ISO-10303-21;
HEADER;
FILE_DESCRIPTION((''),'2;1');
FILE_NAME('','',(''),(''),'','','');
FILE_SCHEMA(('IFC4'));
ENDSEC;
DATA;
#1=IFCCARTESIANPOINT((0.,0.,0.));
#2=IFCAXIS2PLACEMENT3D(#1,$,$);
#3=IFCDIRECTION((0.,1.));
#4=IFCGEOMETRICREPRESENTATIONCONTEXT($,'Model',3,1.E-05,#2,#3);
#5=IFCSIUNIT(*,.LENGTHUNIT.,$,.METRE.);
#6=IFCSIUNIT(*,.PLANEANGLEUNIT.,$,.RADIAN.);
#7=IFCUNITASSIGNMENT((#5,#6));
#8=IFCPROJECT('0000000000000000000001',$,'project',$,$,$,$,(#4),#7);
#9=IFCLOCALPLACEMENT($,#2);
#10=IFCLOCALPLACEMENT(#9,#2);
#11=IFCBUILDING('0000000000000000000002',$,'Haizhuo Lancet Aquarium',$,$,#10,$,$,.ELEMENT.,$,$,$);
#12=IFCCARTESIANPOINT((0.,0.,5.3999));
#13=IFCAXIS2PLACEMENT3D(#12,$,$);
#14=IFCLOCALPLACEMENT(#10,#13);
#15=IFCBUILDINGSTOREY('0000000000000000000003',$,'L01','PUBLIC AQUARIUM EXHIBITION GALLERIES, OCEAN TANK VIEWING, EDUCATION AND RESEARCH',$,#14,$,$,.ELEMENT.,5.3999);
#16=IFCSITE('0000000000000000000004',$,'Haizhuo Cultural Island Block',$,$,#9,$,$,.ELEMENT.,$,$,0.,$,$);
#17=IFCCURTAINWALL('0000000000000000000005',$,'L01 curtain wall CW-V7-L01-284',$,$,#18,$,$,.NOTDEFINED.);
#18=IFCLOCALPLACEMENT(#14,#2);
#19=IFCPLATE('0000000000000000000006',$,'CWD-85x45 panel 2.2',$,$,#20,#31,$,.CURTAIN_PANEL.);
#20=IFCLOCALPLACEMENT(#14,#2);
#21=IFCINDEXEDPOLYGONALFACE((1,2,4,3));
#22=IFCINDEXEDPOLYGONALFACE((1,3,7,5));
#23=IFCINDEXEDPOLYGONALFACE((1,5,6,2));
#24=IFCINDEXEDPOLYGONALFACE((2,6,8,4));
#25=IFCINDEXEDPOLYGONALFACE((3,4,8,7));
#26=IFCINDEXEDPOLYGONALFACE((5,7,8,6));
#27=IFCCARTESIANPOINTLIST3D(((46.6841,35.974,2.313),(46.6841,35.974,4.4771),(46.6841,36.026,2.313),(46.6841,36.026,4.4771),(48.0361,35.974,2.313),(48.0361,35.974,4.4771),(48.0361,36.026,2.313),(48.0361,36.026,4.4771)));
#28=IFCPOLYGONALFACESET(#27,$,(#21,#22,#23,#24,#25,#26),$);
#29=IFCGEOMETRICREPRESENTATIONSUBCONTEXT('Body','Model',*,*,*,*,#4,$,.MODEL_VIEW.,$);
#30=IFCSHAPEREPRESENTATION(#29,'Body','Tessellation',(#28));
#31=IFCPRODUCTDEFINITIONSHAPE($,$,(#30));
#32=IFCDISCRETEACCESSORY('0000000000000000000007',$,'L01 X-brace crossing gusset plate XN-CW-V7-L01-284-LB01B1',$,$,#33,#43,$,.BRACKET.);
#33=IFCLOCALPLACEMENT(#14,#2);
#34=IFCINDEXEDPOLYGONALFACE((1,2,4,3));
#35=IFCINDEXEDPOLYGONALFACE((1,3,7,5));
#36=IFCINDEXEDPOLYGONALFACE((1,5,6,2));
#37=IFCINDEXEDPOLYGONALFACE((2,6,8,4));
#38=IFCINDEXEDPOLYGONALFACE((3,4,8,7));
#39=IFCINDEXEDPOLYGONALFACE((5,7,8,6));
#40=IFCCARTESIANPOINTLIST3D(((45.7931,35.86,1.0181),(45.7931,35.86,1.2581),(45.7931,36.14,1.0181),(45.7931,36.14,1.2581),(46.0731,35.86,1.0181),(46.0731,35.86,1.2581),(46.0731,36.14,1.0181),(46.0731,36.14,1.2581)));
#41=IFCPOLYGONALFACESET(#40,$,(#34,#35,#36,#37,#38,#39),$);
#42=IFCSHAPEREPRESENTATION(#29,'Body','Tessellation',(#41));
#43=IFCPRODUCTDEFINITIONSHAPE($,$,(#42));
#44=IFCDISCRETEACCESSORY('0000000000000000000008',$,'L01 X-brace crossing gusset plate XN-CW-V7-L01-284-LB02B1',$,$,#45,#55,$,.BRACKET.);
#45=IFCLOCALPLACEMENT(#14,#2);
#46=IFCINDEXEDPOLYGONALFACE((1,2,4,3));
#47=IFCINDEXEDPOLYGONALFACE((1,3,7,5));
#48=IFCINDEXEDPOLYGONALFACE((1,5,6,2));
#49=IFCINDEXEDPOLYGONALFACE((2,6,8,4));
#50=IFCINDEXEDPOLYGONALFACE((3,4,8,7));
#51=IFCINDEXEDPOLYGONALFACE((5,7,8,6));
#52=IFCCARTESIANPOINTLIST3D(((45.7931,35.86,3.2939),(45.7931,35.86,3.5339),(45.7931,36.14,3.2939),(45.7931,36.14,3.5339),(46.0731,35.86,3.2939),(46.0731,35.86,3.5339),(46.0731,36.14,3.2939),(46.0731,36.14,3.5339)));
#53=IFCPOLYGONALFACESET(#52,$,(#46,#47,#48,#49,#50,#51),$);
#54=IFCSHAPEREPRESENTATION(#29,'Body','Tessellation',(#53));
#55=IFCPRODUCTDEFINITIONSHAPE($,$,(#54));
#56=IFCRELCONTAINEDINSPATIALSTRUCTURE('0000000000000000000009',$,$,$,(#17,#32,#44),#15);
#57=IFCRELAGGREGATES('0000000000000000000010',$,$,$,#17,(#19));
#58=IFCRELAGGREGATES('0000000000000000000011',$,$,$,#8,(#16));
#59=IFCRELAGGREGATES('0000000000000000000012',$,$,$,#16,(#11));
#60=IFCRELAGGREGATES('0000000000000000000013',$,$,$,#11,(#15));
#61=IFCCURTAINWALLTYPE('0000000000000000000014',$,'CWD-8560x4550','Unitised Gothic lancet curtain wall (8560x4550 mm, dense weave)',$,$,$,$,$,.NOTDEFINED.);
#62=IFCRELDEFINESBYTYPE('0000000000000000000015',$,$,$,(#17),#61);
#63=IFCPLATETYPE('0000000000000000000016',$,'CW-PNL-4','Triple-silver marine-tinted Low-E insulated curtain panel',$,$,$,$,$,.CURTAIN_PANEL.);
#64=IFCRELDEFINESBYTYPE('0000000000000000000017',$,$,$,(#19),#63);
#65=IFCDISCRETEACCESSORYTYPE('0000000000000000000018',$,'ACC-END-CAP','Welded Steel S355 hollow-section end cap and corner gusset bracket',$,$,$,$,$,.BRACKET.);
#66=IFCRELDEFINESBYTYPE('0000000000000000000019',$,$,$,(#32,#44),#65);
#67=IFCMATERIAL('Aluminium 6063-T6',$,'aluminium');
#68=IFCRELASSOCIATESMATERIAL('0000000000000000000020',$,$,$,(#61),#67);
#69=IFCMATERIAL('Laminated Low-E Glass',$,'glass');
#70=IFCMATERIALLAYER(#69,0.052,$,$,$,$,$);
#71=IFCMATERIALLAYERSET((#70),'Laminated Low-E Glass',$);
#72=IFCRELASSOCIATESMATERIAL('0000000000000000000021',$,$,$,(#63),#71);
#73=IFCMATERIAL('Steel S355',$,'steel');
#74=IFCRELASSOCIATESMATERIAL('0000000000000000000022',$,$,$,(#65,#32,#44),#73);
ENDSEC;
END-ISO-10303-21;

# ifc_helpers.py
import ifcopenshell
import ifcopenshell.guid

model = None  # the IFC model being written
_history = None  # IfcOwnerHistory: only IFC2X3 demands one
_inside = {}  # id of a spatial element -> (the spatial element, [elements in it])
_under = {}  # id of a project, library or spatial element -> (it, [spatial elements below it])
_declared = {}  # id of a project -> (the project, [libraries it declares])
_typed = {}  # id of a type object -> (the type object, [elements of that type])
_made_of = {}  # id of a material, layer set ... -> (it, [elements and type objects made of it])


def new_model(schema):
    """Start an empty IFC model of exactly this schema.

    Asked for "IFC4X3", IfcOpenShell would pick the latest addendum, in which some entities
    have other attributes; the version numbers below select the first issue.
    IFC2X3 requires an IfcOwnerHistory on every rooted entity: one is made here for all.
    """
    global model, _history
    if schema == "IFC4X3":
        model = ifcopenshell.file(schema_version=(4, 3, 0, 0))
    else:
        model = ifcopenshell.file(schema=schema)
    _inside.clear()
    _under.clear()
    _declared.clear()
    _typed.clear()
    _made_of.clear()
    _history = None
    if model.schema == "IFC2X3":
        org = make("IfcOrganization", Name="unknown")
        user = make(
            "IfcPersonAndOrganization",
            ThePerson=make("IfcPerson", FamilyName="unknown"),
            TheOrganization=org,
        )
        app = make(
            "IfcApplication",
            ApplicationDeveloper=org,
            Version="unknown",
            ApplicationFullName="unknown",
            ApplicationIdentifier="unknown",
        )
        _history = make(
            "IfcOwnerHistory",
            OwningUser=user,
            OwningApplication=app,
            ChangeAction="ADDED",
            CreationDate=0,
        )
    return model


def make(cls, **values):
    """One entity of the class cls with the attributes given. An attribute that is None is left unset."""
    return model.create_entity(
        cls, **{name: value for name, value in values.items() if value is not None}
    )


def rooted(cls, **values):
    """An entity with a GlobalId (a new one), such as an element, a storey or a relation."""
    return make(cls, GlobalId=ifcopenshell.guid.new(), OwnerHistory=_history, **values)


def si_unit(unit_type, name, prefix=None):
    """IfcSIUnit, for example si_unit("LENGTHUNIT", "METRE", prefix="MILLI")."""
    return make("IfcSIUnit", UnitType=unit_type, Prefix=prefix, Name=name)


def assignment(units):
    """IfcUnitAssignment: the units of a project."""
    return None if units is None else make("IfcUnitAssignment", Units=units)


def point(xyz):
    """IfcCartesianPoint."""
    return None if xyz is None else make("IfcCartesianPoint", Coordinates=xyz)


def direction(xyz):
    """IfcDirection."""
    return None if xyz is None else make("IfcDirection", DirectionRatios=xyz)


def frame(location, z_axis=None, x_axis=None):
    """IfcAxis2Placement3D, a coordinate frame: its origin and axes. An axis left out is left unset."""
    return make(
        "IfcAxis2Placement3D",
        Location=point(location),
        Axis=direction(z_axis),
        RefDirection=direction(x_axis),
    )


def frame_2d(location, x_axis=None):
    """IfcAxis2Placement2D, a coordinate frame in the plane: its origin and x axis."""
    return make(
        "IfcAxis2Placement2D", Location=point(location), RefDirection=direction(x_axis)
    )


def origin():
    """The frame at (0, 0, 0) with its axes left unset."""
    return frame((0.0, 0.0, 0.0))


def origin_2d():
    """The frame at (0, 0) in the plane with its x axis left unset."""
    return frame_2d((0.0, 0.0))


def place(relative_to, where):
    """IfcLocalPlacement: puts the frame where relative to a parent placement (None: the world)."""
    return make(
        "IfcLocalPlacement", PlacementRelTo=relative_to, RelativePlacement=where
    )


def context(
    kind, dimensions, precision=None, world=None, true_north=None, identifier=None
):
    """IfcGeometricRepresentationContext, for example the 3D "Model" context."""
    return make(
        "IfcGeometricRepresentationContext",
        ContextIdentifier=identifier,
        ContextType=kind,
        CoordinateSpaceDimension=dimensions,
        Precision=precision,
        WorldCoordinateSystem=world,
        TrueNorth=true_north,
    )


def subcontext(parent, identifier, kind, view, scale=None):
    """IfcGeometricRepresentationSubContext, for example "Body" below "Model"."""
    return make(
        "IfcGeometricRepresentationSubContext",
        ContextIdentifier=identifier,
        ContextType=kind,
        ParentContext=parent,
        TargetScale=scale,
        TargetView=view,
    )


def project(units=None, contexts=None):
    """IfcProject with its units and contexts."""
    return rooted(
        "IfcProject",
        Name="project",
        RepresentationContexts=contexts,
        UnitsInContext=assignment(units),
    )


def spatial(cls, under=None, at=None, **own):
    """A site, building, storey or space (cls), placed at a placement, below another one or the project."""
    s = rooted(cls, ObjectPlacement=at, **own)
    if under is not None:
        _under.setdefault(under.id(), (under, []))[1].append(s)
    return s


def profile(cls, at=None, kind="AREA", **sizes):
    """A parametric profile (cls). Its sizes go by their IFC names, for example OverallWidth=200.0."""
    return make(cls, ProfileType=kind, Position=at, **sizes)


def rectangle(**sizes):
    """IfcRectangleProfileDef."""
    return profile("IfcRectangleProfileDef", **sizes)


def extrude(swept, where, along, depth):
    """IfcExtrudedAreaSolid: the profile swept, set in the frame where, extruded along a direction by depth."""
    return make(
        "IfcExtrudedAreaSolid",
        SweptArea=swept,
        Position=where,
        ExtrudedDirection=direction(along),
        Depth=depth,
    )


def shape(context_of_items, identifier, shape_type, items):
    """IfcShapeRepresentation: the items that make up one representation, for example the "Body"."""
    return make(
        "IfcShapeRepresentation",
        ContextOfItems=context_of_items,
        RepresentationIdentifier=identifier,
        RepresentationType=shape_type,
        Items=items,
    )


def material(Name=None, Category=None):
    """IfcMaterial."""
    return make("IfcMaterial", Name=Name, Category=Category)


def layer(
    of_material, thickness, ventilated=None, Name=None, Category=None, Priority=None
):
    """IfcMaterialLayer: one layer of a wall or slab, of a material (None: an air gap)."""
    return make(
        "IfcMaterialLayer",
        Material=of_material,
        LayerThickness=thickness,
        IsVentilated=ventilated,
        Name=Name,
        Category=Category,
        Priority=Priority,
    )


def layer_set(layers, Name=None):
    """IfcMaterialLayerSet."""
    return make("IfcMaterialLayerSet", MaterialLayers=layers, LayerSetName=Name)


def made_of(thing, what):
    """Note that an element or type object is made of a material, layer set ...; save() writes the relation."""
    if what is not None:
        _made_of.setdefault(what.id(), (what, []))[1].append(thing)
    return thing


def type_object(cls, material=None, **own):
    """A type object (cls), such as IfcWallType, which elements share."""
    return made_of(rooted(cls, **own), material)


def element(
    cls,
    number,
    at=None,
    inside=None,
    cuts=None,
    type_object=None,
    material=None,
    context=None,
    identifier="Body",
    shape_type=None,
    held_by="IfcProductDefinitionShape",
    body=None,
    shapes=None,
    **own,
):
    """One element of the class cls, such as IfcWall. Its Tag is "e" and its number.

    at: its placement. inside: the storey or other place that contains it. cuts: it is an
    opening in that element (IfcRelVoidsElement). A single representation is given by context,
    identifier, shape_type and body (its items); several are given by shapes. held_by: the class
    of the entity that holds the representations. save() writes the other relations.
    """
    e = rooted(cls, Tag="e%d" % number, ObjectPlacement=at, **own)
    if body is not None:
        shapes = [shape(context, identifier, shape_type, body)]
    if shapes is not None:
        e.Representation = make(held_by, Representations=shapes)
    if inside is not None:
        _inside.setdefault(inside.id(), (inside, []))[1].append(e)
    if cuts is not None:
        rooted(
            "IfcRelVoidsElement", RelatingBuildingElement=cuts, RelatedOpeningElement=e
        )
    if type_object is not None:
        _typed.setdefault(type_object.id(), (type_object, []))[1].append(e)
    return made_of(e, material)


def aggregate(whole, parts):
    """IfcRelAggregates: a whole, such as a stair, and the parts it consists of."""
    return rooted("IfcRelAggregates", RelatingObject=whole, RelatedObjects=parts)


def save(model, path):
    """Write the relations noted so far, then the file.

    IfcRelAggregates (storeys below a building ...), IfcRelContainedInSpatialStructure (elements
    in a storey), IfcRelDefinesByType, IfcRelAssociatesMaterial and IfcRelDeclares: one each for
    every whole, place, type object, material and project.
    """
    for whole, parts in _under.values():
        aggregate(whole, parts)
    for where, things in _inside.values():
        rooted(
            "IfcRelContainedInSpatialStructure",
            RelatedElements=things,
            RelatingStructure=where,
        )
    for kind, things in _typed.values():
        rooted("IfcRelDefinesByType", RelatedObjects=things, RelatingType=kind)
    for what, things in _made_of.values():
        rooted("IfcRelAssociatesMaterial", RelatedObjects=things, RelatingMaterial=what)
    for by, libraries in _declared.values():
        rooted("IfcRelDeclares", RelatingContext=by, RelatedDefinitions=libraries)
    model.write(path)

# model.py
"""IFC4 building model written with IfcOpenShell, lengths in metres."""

from ifc_helpers import new_model, si_unit, direction, frame, origin, origin_2d, place, context, subcontext, project, spatial, rectangle, extrude, material, layer, layer_set, type_object, element, aggregate, save


model = new_model("IFC4")

# Units and contexts
model_context = context("Model", 3, precision=1e-05, world=origin(), true_north=direction((0.0, 1.0)))
body_context = subcontext(model_context, "Body", "Model", "MODEL_VIEW")
ifc_project = project(units=[si_unit("LENGTHUNIT", "METRE"), si_unit("PLANEANGLEUNIT", "RADIAN")], contexts=[model_context])

# Site, building, storey
site_placement = place(None, origin())
site = spatial("IfcSite", under=ifc_project, at=site_placement, Name="Haizhuo Cultural Island Block", CompositionType="ELEMENT", RefElevation=0.0)
building_placement = place(site_placement, origin())
building = spatial("IfcBuilding", under=site, at=building_placement, Name="Haizhuo Lancet Aquarium", CompositionType="ELEMENT")
storey_placement = place(building_placement, frame((0.0, 0.0, 5.3999)))
storey = spatial("IfcBuildingStorey", under=building, at=storey_placement, Name="L01", Description="PUBLIC AQUARIUM EXHIBITION GALLERIES, OCEAN TANK VIEWING, EDUCATION AND RESEARCH", CompositionType="ELEMENT", Elevation=5.3999)

# Shared definitions
ifc_material_1 = material(Name="Steel S355", Category="steel")

# Curtain wall
ifc_material_2 = material(Name="Aluminium 6063-T6", Category="aluminium")
curtain_wall_type = type_object("IfcCurtainWallType", Name="CWD-8560x4550", Description="Unitised Gothic lancet curtain wall (8560x4550 mm, dense weave)", PredefinedType="NOTDEFINED", material=ifc_material_2)
curtain_wall_placement = place(storey_placement, origin())
curtain_wall = element("IfcCurtainWall", 1, at=curtain_wall_placement, inside=storey, type_object=curtain_wall_type, Name="L01 curtain wall CW-V7-L01-284", PredefinedType="NOTDEFINED")

# Plate
ifc_material_3 = material(Name="Laminated Low-E Glass", Category="glass")
ifc_layer = layer(ifc_material_3, 0.052)
ifc_layer_set = layer_set([ifc_layer], Name="Laminated Low-E Glass")
plate_type = type_object("IfcPlateType", Name="CW-PNL-4", Description="Triple-silver marine-tinted Low-E insulated curtain panel", PredefinedType="CURTAIN_PANEL", material=ifc_layer_set)
plate_1_placement = place(storey_placement, frame((47.3601, 36.0, 2.313), z_axis=(0.0, 0.0, 1.0), x_axis=(1.0, 0.0, 0.0)))
plate_1 = element("IfcPlate", 2, at=plate_1_placement, type_object=plate_type, Name="CWD-85x45 panel 2.2", PredefinedType="CURTAIN_PANEL", context=body_context, shape_type="SweptSolid", body=[
    extrude(rectangle(XDim=1.3521, YDim=0.052, at=origin_2d()), origin(), (0.0, 0.0, 1.0), 2.1641),
])
aggregate(curtain_wall, [plate_1])

# Discrete accessories
discrete_accessory_type = type_object("IfcDiscreteAccessoryType", Name="ACC-END-CAP", Description="Welded Steel S355 hollow-section end cap and corner gusset bracket", PredefinedType="BRACKET", material=ifc_material_1)
for number, where, z_axis, x_axis, name in (
    (3, (45.9331, 36.0, 1.0181), (0.0, 0.0, 1.0), (1.0, 0.0, 0.0), "L01 X-brace crossing gusset plate XN-CW-V7-L01-284-LB01B1"),
    (4, (45.9331, 36.0, 3.2939), (0.0, 0.0, 1.0), (1.0, 0.0, 0.0), "L01 X-brace crossing gusset plate XN-CW-V7-L01-284-LB02B1"),
):
    element("IfcDiscreteAccessory", number, at=place(storey_placement, frame(where, z_axis=z_axis, x_axis=x_axis)), inside=storey, type_object=discrete_accessory_type, material=ifc_material_1, Name=name, PredefinedType="BRACKET", context=body_context, shape_type="SweptSolid", body=[
        extrude(rectangle(XDim=0.28, YDim=0.28, at=origin_2d()), origin(), (0.0, 0.0, 1.0), 0.24),
    ])

save(model, "model.ifc")
